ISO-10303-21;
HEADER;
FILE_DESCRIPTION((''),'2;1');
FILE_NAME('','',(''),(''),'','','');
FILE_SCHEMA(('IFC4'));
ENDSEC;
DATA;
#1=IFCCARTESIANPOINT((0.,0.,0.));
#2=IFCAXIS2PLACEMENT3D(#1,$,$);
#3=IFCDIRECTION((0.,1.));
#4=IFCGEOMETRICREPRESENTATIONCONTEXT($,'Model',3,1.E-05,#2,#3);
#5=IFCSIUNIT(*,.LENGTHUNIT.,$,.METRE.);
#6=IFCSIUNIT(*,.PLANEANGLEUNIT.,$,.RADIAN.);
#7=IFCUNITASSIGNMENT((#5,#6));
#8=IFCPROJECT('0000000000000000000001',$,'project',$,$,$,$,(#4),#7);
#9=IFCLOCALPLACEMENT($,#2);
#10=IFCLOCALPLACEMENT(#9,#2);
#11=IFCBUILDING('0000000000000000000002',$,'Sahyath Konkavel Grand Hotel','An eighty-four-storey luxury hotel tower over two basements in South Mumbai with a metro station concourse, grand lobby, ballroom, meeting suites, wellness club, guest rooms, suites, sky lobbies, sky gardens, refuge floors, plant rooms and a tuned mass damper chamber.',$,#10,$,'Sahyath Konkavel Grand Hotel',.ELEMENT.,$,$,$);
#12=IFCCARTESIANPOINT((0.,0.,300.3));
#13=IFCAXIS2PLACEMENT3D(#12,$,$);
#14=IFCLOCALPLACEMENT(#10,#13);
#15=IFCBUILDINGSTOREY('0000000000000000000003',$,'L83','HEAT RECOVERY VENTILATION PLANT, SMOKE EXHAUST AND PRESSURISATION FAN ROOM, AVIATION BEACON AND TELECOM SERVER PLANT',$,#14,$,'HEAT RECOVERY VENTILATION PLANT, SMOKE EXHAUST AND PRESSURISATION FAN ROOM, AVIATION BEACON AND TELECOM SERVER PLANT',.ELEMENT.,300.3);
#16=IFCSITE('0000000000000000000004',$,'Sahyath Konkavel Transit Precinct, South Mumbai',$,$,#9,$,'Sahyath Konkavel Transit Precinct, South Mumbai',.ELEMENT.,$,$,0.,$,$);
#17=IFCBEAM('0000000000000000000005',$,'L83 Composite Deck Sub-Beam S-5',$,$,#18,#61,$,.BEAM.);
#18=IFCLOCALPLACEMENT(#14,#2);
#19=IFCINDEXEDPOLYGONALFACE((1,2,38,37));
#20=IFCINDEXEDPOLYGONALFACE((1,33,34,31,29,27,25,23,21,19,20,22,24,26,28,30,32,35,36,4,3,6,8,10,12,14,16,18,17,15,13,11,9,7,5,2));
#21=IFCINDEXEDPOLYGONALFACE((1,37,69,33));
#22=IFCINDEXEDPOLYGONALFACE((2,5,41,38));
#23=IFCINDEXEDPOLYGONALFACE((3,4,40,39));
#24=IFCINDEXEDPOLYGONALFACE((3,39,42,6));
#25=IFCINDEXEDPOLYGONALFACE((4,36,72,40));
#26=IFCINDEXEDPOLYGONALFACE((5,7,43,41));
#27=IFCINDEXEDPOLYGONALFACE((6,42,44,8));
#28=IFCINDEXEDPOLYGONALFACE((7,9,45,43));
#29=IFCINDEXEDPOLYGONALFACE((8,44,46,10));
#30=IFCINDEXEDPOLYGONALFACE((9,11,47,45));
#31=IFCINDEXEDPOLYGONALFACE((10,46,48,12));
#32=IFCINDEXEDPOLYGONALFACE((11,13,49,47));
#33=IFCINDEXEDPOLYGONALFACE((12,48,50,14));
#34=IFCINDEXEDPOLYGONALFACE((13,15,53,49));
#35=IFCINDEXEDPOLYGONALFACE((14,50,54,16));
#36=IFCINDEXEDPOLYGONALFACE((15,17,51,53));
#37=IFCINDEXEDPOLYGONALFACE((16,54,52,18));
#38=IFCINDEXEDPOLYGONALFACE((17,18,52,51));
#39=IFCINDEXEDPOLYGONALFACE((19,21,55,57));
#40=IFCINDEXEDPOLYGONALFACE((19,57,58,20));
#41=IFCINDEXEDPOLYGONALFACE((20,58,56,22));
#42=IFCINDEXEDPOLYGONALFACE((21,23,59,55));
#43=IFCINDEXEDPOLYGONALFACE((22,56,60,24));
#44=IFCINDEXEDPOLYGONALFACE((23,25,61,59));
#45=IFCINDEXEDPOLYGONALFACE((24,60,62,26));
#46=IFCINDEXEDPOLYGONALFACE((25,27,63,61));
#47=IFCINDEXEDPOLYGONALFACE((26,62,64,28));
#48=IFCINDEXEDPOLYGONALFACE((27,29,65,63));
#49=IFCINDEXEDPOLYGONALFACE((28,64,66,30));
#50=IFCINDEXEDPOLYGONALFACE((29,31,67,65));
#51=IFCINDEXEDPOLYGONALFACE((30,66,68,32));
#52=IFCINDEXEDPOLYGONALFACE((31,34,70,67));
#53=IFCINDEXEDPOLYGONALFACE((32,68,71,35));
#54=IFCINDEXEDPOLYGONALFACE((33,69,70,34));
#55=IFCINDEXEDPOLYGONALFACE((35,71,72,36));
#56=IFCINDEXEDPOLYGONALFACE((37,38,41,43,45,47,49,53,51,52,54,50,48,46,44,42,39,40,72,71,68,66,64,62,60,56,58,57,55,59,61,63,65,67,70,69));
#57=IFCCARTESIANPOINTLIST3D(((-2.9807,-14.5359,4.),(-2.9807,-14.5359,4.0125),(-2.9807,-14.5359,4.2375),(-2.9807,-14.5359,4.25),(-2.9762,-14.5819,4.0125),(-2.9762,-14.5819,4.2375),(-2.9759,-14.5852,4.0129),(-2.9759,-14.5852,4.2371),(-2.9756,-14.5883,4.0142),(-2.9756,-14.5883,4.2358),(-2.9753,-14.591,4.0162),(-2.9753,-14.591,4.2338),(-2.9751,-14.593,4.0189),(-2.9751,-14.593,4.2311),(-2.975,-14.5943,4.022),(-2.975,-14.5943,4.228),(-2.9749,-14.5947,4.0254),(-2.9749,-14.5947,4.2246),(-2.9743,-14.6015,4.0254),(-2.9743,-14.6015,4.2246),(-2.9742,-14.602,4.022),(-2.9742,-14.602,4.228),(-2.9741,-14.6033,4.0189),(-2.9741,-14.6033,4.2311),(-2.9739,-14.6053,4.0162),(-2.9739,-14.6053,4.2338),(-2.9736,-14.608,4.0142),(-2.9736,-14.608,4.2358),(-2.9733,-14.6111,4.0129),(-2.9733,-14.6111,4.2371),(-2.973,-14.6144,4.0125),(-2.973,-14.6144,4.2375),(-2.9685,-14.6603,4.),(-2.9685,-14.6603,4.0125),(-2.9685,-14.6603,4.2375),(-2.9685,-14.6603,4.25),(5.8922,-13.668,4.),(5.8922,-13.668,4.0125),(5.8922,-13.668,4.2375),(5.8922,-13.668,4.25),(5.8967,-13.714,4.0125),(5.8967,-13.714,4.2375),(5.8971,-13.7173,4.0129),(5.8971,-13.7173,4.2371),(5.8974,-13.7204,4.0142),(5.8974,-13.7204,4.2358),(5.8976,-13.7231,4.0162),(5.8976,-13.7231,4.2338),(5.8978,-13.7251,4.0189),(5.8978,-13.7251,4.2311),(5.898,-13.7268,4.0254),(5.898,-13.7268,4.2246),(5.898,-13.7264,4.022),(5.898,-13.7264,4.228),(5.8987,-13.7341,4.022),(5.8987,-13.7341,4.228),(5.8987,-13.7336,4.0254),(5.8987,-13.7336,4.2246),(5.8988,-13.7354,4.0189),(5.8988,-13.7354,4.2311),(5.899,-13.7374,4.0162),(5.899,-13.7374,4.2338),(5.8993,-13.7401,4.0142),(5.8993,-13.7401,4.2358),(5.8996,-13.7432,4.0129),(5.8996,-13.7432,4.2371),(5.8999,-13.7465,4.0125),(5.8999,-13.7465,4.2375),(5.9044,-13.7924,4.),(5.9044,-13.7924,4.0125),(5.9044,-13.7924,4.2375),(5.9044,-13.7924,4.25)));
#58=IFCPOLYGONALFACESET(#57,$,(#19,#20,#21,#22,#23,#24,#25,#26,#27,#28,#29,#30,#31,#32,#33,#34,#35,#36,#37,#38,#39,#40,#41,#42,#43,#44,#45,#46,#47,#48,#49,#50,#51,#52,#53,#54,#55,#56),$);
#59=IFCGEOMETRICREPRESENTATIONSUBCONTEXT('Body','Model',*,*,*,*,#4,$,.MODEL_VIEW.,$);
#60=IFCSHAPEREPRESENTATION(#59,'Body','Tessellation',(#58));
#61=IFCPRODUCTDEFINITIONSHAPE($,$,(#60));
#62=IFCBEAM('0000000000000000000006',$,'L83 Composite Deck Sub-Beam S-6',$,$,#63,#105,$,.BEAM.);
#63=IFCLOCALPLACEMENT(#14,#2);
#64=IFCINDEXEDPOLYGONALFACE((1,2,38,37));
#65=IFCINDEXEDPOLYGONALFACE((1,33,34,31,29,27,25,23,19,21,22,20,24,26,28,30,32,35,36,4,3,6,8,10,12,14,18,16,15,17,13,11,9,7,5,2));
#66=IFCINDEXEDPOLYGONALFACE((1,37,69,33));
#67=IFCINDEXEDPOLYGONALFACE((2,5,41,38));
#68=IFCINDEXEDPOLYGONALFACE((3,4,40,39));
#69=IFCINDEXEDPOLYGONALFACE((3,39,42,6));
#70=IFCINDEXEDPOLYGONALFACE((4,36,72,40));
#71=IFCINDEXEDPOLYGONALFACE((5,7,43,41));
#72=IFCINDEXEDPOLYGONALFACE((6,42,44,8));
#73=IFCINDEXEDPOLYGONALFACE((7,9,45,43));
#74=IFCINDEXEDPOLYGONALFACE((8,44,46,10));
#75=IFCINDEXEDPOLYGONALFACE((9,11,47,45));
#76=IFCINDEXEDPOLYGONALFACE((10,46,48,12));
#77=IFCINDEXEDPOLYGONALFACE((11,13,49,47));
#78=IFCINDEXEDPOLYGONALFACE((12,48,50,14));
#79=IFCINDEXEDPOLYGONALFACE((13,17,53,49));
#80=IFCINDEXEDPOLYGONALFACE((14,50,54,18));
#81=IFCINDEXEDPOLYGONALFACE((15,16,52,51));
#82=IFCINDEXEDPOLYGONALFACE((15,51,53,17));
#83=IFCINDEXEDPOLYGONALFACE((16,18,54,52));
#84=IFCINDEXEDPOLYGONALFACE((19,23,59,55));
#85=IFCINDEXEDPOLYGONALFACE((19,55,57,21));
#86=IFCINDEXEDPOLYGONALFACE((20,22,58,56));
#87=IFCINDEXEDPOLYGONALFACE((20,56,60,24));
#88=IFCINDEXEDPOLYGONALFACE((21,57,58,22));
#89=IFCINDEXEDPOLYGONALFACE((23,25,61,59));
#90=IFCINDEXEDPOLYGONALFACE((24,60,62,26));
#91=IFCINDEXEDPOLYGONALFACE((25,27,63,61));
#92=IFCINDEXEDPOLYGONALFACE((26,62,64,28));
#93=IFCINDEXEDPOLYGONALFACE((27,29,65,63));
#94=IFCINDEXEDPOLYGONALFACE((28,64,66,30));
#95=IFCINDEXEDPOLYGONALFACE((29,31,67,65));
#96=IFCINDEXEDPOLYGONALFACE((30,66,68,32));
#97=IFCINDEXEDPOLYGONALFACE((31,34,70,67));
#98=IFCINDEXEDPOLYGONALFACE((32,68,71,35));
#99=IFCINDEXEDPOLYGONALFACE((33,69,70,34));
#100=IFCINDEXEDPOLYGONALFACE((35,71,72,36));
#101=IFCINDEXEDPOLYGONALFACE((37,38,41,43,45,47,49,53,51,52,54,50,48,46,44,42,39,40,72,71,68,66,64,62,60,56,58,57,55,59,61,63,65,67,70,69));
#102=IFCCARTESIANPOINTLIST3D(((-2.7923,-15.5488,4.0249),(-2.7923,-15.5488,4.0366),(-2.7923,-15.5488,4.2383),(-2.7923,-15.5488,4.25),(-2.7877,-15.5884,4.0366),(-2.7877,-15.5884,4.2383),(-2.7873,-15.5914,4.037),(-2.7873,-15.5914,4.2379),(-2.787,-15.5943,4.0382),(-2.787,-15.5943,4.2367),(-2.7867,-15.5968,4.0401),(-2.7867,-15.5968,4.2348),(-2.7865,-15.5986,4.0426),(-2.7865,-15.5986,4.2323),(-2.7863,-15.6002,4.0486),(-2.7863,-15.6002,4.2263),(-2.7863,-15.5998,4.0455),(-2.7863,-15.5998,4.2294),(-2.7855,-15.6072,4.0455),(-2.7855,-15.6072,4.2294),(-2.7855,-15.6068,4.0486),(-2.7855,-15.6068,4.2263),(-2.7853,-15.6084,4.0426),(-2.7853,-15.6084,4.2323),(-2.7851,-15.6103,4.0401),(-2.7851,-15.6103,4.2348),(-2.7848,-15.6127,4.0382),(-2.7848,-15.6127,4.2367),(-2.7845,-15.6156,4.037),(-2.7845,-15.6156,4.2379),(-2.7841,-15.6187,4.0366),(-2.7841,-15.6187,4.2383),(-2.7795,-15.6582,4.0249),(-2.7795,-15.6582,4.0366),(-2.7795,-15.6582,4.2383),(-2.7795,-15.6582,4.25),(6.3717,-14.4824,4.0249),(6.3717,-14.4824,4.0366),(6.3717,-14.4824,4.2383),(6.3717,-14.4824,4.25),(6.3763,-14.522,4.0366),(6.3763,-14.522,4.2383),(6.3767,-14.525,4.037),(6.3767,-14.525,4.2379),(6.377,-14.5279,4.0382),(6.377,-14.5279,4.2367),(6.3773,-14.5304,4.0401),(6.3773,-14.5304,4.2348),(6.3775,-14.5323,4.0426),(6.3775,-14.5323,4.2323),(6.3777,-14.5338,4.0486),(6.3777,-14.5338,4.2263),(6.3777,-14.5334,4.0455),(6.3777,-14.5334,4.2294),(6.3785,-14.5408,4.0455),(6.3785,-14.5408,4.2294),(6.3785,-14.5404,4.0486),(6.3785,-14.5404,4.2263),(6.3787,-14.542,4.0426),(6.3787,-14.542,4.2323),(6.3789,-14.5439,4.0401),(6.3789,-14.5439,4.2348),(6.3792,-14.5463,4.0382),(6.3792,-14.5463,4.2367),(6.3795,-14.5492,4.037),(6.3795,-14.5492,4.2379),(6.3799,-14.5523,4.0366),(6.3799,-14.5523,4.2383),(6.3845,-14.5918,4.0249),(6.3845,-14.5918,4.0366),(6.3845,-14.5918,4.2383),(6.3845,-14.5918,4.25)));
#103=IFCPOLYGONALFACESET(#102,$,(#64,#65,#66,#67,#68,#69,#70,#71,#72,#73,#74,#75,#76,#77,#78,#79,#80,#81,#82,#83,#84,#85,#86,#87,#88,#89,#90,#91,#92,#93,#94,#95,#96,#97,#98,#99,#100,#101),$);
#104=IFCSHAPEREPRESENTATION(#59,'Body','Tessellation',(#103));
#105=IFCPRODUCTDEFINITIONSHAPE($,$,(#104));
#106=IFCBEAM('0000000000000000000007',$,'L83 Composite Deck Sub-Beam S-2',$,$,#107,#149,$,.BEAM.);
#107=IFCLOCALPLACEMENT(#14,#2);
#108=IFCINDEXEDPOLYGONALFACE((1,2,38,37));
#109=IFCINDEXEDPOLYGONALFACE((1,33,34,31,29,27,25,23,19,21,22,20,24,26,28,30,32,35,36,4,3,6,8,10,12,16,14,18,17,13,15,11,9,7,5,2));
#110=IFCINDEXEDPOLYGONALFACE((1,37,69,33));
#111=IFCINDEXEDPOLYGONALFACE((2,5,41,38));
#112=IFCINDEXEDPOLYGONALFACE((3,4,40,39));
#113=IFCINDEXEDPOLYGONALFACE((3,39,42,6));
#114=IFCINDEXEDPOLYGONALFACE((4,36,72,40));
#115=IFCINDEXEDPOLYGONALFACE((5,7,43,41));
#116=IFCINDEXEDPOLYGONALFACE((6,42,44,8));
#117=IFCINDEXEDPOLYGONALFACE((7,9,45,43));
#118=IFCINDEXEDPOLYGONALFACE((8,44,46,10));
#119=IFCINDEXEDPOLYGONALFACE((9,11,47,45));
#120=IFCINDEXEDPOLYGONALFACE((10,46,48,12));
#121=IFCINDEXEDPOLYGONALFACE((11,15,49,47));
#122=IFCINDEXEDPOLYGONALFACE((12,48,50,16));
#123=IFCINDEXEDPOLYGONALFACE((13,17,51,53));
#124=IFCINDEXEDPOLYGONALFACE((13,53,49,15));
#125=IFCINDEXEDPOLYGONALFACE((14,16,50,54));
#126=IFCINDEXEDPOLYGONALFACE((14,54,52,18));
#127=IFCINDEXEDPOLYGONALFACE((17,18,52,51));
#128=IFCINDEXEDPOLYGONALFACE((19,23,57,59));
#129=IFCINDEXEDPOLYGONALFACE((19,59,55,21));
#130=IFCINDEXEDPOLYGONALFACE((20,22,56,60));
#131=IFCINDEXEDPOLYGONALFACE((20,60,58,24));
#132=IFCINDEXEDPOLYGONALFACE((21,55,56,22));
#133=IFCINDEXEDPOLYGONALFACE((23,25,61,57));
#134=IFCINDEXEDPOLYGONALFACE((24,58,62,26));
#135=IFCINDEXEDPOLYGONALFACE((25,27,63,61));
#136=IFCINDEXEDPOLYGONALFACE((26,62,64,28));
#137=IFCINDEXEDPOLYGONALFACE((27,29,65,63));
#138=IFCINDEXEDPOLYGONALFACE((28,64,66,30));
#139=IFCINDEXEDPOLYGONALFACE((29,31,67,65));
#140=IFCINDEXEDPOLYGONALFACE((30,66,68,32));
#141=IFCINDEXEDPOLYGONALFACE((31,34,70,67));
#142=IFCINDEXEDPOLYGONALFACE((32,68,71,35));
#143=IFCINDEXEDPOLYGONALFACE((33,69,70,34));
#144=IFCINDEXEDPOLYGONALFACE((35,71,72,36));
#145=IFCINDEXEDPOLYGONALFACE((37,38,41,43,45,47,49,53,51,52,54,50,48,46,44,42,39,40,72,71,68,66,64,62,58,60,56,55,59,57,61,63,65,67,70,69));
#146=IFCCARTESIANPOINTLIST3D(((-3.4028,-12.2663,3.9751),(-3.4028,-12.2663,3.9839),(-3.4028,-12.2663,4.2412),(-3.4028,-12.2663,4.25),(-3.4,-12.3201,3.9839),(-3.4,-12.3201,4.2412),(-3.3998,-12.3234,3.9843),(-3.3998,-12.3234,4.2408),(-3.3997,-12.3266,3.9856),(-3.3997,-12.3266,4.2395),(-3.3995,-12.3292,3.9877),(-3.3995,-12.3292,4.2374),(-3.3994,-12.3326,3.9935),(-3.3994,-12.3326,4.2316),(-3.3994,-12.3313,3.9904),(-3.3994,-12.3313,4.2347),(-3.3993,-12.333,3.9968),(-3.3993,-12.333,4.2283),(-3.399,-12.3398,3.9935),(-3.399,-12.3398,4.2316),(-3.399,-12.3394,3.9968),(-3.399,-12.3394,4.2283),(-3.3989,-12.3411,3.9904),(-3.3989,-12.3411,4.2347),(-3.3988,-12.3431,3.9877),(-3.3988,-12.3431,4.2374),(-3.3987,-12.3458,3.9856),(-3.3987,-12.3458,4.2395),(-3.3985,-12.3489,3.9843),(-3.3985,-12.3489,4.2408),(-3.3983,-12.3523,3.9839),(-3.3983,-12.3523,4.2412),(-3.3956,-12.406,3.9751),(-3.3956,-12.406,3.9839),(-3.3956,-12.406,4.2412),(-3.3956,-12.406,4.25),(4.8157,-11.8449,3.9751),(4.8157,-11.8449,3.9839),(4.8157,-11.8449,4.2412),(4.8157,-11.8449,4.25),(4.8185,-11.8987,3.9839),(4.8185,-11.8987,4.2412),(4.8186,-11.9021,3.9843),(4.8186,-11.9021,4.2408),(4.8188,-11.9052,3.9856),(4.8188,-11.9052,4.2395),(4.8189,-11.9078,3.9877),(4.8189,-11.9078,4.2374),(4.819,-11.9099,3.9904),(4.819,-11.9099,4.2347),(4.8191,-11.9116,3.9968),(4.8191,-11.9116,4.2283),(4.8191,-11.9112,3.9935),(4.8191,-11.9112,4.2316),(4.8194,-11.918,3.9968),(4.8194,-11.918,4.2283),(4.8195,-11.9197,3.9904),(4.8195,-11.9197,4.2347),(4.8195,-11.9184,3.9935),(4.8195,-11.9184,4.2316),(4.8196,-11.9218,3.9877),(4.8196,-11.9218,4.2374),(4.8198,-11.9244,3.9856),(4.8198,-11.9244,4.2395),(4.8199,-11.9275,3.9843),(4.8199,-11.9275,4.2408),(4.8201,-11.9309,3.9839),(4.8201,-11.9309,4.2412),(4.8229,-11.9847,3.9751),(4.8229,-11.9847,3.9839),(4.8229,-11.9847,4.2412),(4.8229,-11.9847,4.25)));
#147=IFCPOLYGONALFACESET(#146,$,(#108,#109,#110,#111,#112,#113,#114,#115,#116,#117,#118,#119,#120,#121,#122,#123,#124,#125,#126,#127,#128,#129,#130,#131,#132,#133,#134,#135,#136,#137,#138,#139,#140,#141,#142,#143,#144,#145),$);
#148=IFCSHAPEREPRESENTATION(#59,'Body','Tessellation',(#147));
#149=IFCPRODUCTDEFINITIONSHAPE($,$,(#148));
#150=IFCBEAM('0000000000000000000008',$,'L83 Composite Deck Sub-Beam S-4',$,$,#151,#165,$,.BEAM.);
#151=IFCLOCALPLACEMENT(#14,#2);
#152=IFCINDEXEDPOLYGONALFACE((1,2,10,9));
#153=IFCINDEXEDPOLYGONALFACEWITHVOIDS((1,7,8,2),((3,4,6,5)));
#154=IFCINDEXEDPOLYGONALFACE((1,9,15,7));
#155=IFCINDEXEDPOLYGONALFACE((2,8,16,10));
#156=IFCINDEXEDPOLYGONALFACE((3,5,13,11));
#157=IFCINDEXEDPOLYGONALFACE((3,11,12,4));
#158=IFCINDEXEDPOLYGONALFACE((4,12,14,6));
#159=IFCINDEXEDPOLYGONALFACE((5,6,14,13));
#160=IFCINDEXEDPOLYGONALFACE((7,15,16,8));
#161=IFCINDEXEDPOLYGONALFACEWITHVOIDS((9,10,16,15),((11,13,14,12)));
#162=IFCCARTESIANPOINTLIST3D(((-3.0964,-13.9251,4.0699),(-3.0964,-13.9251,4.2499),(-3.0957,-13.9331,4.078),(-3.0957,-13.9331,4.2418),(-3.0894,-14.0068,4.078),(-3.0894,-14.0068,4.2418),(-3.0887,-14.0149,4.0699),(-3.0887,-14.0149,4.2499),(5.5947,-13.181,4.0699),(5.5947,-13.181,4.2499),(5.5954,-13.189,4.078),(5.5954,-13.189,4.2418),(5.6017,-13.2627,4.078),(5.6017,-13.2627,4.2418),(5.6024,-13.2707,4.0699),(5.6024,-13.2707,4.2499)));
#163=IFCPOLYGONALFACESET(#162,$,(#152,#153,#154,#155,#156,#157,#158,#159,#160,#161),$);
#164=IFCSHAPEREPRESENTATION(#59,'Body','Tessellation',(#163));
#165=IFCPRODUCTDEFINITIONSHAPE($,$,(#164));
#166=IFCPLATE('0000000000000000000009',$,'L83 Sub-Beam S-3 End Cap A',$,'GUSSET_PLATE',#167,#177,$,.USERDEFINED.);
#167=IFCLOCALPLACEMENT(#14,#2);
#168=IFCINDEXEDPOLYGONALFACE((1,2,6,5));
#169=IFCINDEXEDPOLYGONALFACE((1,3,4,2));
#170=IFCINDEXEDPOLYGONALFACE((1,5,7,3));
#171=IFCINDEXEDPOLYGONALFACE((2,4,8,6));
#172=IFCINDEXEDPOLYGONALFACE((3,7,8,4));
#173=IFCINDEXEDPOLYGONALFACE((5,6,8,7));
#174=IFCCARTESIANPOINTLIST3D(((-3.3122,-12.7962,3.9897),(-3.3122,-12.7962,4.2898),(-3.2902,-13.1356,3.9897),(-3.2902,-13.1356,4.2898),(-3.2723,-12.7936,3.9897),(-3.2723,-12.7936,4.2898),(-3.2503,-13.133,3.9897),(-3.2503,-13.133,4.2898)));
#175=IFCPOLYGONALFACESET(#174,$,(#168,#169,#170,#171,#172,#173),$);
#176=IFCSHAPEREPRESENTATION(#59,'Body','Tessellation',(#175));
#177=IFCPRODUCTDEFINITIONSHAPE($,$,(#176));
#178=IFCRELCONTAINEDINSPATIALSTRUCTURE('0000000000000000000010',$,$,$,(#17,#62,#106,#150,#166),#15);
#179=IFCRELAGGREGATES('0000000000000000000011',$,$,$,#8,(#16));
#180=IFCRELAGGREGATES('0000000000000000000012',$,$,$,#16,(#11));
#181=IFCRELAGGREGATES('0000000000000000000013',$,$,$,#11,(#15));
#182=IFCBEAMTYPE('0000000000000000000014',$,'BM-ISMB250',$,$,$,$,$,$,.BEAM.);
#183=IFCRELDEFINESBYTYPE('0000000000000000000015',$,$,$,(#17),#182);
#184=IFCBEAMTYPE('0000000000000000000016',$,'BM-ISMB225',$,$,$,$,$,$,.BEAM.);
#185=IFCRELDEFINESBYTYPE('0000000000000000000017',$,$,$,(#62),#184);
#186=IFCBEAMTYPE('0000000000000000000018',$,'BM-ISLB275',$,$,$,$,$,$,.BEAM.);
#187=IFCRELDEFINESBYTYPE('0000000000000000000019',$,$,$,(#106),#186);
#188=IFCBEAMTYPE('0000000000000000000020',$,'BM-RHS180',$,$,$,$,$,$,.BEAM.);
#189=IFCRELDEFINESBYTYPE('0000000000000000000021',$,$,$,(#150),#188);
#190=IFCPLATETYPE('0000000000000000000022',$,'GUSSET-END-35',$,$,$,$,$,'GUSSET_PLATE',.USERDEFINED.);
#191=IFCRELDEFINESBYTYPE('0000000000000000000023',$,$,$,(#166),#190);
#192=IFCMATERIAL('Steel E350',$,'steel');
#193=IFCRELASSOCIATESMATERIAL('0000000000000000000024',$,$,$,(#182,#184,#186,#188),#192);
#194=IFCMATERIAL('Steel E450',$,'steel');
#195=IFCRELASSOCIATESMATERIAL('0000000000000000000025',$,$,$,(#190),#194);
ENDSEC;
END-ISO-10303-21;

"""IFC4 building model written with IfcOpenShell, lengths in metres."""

from ifc_helpers import new_model, si_unit, direction, frame, origin, origin_2d, place, context, subcontext, project, spatial, rectangle, hollow_rectangle, i_section, extrude, source, transform, mapped, material, material_profile, profile_set, type_object, element, save


model = new_model("IFC4")

# Units and contexts
model_context = context("Model", 3, precision=1e-05, world=origin(), true_north=direction((0.0, 1.0)))
body_context = subcontext(model_context, "Body", "Model", "MODEL_VIEW")
ifc_project = project(units=[si_unit("LENGTHUNIT", "METRE"), si_unit("PLANEANGLEUNIT", "RADIAN")], contexts=[model_context])

# Site, building, storey
site_placement = place(None, origin())
site = spatial("IfcSite", under=ifc_project, at=site_placement, Name="Sahyath Konkavel Transit Precinct, South Mumbai", LongName="Sahyath Konkavel Transit Precinct, South Mumbai", CompositionType="ELEMENT", RefElevation=0.0)
building_placement = place(site_placement, origin())
building = spatial("IfcBuilding", under=site, at=building_placement, Name="Sahyath Konkavel Grand Hotel", Description="An eighty-four-storey luxury hotel tower over two basements in South Mumbai with a metro station concourse, grand lobby, ballroom, meeting suites, wellness club, guest rooms, suites, sky lobbies, sky gardens, refuge floors, plant rooms and a tuned mass damper chamber.", LongName="Sahyath Konkavel Grand Hotel", CompositionType="ELEMENT")
storey_placement = place(building_placement, frame((0.0, 0.0, 300.3)))
storey = spatial("IfcBuildingStorey", under=building, at=storey_placement, Name="L83", Description="HEAT RECOVERY VENTILATION PLANT, SMOKE EXHAUST AND PRESSURISATION FAN ROOM, AVIATION BEACON AND TELECOM SERVER PLANT", LongName="HEAT RECOVERY VENTILATION PLANT, SMOKE EXHAUST AND PRESSURISATION FAN ROOM, AVIATION BEACON AND TELECOM SERVER PLANT", CompositionType="ELEMENT", Elevation=300.3)

# Shared definitions
ifc_material_1 = material(Name="Steel E350", Category="steel")

# Beams
ifc_material_profile_1 = material_profile(ifc_material_1, i_section(OverallWidth=0.125, OverallDepth=0.25, WebThickness=0.0068, FlangeThickness=0.0125, FilletRadius=0.0129, at=origin_2d()), Name="ISMB 250")
ifc_profile_set_1 = profile_set([ifc_material_profile_1], Name="Steel E350")
beam_type_1 = type_object("IfcBeamType", Name="BM-ISMB250", PredefinedType="BEAM", material=ifc_profile_set_1)
shared_shape_1 = source(origin(), body_context, "Body", "SweptSolid", [
    extrude(i_section(OverallWidth=0.125, OverallDepth=0.25, WebThickness=0.0068, FlangeThickness=0.0125, FilletRadius=0.0129, at=origin_2d()), origin(), (0.0, 0.0, 1.0), 8.9153),
])
beam_1_placement = place(storey_placement, frame((-2.9746, -14.5981, 4.125), z_axis=(0.99525, 0.097351, 0.0), x_axis=(-0.097351, 0.99525, 0.0)))
element("IfcBeam", 1, at=beam_1_placement, inside=storey, type_object=beam_type_1, Name="L83 Composite Deck Sub-Beam S-5", PredefinedType="BEAM", context=body_context, shape_type="MappedRepresentation", body=[
    mapped(shared_shape_1, transform((0.0, 0.0, 0.0), scale=1.0)),
])
ifc_material_profile_2 = material_profile(ifc_material_1, i_section(OverallWidth=0.1101, OverallDepth=0.2251, WebThickness=0.0066, FlangeThickness=0.0117, FilletRadius=0.012, at=origin_2d()), Name="ISMB 225")
ifc_profile_set_2 = profile_set([ifc_material_profile_2], Name="Steel E350")
beam_type_2 = type_object("IfcBeamType", Name="BM-ISMB225", PredefinedType="BEAM", material=ifc_profile_set_2)
shared_shape_2 = source(origin(), body_context, "Body", "SweptSolid", [
    extrude(i_section(OverallWidth=0.1101, OverallDepth=0.2251, WebThickness=0.0066, FlangeThickness=0.0117, FilletRadius=0.012, at=origin_2d()), origin(), (0.0, 0.0, 1.0), 9.2258),
])
beam_2_placement = place(storey_placement, frame((-2.7859, -15.6035, 4.1375), z_axis=(0.993297, 0.115588, 0.0), x_axis=(-0.115588, 0.993297, 0.0)))
element("IfcBeam", 2, at=beam_2_placement, inside=storey, type_object=beam_type_2, Name="L83 Composite Deck Sub-Beam S-6", PredefinedType="BEAM", context=body_context, shape_type="MappedRepresentation", body=[
    mapped(shared_shape_2, transform((0.0, 0.0, 0.0), scale=1.0)),
])
ifc_material_profile_3 = material_profile(ifc_material_1, i_section(OverallWidth=0.1399, OverallDepth=0.2749, WebThickness=0.0063, FlangeThickness=0.0088, FilletRadius=0.0129, at=origin_2d()), Name="ISLB 275")
ifc_profile_set_3 = profile_set([ifc_material_profile_3], Name="Steel E350")
beam_type_3 = type_object("IfcBeamType", Name="BM-ISLB275", PredefinedType="BEAM", material=ifc_profile_set_3)
shared_shape_3 = source(origin(), body_context, "Body", "SweptSolid", [
    extrude(i_section(OverallWidth=0.1399, OverallDepth=0.2749, WebThickness=0.0063, FlangeThickness=0.0088, FilletRadius=0.0129, at=origin_2d()), origin(), (0.0, 0.0, 1.0), 8.2292),
])
beam_3_placement = place(storey_placement, frame((-3.3992, -12.3362, 4.1125), z_axis=(0.998688, 0.051206, 0.0), x_axis=(-0.051206, 0.998688, 0.0)))
element("IfcBeam", 3, at=beam_3_placement, inside=storey, type_object=beam_type_3, Name="L83 Composite Deck Sub-Beam S-2", PredefinedType="BEAM", context=body_context, shape_type="MappedRepresentation", body=[
    mapped(shared_shape_3, transform((0.0, 0.0, 0.0), scale=1.0)),
])
ifc_material_profile_4 = material_profile(ifc_material_1, hollow_rectangle(XDim=0.0901, YDim=0.1799, WallThickness=0.0081, at=origin_2d()), Name="RHS 180x90x8")
ifc_profile_set_4 = profile_set([ifc_material_profile_4], Name="Steel E350")
beam_type_4 = type_object("IfcBeamType", Name="BM-RHS180", PredefinedType="BEAM", material=ifc_profile_set_4)
shared_shape_4 = source(origin(), body_context, "Body", "SweptSolid", [
    extrude(hollow_rectangle(XDim=0.0901, YDim=0.1799, WallThickness=0.0081, at=origin_2d()), origin(), (0.0, 0.0, 1.0), 8.7229),
])
beam_4_placement = place(storey_placement, frame((-3.0925, -13.97, 4.1599), z_axis=(0.996355, 0.085308, 0.0), x_axis=(-0.085308, 0.996355, 0.0)))
element("IfcBeam", 4, at=beam_4_placement, inside=storey, type_object=beam_type_4, Name="L83 Composite Deck Sub-Beam S-4", PredefinedType="BEAM", context=body_context, shape_type="MappedRepresentation", body=[
    mapped(shared_shape_4, transform((0.0, 0.0, 0.0), scale=1.0)),
])

# Plate
ifc_material_2 = material(Name="Steel E450", Category="steel")
plate_type = type_object("IfcPlateType", Name="GUSSET-END-35", ElementType="GUSSET_PLATE", PredefinedType="USERDEFINED", material=ifc_material_2)
shared_shape_5 = source(origin(), body_context, "Body", "SweptSolid", [
    extrude(rectangle(XDim=0.04, YDim=0.3401, at=origin_2d()), origin(), (0.0, 0.0, 1.0), 0.3),
])
plate_placement = place(storey_placement, frame((-3.2812, -12.9646, 3.9897), z_axis=(0.0, 0.0, 1.0), x_axis=(0.997898, 0.064811, 0.0)))
element("IfcPlate", 5, at=plate_placement, inside=storey, type_object=plate_type, Name="L83 Sub-Beam S-3 End Cap A", ObjectType="GUSSET_PLATE", PredefinedType="USERDEFINED", context=body_context, shape_type="MappedRepresentation", body=[
    mapped(shared_shape_5, transform((0.0, 0.0, 0.0), scale=1.0)),
])

save(model, "model.ifc")
